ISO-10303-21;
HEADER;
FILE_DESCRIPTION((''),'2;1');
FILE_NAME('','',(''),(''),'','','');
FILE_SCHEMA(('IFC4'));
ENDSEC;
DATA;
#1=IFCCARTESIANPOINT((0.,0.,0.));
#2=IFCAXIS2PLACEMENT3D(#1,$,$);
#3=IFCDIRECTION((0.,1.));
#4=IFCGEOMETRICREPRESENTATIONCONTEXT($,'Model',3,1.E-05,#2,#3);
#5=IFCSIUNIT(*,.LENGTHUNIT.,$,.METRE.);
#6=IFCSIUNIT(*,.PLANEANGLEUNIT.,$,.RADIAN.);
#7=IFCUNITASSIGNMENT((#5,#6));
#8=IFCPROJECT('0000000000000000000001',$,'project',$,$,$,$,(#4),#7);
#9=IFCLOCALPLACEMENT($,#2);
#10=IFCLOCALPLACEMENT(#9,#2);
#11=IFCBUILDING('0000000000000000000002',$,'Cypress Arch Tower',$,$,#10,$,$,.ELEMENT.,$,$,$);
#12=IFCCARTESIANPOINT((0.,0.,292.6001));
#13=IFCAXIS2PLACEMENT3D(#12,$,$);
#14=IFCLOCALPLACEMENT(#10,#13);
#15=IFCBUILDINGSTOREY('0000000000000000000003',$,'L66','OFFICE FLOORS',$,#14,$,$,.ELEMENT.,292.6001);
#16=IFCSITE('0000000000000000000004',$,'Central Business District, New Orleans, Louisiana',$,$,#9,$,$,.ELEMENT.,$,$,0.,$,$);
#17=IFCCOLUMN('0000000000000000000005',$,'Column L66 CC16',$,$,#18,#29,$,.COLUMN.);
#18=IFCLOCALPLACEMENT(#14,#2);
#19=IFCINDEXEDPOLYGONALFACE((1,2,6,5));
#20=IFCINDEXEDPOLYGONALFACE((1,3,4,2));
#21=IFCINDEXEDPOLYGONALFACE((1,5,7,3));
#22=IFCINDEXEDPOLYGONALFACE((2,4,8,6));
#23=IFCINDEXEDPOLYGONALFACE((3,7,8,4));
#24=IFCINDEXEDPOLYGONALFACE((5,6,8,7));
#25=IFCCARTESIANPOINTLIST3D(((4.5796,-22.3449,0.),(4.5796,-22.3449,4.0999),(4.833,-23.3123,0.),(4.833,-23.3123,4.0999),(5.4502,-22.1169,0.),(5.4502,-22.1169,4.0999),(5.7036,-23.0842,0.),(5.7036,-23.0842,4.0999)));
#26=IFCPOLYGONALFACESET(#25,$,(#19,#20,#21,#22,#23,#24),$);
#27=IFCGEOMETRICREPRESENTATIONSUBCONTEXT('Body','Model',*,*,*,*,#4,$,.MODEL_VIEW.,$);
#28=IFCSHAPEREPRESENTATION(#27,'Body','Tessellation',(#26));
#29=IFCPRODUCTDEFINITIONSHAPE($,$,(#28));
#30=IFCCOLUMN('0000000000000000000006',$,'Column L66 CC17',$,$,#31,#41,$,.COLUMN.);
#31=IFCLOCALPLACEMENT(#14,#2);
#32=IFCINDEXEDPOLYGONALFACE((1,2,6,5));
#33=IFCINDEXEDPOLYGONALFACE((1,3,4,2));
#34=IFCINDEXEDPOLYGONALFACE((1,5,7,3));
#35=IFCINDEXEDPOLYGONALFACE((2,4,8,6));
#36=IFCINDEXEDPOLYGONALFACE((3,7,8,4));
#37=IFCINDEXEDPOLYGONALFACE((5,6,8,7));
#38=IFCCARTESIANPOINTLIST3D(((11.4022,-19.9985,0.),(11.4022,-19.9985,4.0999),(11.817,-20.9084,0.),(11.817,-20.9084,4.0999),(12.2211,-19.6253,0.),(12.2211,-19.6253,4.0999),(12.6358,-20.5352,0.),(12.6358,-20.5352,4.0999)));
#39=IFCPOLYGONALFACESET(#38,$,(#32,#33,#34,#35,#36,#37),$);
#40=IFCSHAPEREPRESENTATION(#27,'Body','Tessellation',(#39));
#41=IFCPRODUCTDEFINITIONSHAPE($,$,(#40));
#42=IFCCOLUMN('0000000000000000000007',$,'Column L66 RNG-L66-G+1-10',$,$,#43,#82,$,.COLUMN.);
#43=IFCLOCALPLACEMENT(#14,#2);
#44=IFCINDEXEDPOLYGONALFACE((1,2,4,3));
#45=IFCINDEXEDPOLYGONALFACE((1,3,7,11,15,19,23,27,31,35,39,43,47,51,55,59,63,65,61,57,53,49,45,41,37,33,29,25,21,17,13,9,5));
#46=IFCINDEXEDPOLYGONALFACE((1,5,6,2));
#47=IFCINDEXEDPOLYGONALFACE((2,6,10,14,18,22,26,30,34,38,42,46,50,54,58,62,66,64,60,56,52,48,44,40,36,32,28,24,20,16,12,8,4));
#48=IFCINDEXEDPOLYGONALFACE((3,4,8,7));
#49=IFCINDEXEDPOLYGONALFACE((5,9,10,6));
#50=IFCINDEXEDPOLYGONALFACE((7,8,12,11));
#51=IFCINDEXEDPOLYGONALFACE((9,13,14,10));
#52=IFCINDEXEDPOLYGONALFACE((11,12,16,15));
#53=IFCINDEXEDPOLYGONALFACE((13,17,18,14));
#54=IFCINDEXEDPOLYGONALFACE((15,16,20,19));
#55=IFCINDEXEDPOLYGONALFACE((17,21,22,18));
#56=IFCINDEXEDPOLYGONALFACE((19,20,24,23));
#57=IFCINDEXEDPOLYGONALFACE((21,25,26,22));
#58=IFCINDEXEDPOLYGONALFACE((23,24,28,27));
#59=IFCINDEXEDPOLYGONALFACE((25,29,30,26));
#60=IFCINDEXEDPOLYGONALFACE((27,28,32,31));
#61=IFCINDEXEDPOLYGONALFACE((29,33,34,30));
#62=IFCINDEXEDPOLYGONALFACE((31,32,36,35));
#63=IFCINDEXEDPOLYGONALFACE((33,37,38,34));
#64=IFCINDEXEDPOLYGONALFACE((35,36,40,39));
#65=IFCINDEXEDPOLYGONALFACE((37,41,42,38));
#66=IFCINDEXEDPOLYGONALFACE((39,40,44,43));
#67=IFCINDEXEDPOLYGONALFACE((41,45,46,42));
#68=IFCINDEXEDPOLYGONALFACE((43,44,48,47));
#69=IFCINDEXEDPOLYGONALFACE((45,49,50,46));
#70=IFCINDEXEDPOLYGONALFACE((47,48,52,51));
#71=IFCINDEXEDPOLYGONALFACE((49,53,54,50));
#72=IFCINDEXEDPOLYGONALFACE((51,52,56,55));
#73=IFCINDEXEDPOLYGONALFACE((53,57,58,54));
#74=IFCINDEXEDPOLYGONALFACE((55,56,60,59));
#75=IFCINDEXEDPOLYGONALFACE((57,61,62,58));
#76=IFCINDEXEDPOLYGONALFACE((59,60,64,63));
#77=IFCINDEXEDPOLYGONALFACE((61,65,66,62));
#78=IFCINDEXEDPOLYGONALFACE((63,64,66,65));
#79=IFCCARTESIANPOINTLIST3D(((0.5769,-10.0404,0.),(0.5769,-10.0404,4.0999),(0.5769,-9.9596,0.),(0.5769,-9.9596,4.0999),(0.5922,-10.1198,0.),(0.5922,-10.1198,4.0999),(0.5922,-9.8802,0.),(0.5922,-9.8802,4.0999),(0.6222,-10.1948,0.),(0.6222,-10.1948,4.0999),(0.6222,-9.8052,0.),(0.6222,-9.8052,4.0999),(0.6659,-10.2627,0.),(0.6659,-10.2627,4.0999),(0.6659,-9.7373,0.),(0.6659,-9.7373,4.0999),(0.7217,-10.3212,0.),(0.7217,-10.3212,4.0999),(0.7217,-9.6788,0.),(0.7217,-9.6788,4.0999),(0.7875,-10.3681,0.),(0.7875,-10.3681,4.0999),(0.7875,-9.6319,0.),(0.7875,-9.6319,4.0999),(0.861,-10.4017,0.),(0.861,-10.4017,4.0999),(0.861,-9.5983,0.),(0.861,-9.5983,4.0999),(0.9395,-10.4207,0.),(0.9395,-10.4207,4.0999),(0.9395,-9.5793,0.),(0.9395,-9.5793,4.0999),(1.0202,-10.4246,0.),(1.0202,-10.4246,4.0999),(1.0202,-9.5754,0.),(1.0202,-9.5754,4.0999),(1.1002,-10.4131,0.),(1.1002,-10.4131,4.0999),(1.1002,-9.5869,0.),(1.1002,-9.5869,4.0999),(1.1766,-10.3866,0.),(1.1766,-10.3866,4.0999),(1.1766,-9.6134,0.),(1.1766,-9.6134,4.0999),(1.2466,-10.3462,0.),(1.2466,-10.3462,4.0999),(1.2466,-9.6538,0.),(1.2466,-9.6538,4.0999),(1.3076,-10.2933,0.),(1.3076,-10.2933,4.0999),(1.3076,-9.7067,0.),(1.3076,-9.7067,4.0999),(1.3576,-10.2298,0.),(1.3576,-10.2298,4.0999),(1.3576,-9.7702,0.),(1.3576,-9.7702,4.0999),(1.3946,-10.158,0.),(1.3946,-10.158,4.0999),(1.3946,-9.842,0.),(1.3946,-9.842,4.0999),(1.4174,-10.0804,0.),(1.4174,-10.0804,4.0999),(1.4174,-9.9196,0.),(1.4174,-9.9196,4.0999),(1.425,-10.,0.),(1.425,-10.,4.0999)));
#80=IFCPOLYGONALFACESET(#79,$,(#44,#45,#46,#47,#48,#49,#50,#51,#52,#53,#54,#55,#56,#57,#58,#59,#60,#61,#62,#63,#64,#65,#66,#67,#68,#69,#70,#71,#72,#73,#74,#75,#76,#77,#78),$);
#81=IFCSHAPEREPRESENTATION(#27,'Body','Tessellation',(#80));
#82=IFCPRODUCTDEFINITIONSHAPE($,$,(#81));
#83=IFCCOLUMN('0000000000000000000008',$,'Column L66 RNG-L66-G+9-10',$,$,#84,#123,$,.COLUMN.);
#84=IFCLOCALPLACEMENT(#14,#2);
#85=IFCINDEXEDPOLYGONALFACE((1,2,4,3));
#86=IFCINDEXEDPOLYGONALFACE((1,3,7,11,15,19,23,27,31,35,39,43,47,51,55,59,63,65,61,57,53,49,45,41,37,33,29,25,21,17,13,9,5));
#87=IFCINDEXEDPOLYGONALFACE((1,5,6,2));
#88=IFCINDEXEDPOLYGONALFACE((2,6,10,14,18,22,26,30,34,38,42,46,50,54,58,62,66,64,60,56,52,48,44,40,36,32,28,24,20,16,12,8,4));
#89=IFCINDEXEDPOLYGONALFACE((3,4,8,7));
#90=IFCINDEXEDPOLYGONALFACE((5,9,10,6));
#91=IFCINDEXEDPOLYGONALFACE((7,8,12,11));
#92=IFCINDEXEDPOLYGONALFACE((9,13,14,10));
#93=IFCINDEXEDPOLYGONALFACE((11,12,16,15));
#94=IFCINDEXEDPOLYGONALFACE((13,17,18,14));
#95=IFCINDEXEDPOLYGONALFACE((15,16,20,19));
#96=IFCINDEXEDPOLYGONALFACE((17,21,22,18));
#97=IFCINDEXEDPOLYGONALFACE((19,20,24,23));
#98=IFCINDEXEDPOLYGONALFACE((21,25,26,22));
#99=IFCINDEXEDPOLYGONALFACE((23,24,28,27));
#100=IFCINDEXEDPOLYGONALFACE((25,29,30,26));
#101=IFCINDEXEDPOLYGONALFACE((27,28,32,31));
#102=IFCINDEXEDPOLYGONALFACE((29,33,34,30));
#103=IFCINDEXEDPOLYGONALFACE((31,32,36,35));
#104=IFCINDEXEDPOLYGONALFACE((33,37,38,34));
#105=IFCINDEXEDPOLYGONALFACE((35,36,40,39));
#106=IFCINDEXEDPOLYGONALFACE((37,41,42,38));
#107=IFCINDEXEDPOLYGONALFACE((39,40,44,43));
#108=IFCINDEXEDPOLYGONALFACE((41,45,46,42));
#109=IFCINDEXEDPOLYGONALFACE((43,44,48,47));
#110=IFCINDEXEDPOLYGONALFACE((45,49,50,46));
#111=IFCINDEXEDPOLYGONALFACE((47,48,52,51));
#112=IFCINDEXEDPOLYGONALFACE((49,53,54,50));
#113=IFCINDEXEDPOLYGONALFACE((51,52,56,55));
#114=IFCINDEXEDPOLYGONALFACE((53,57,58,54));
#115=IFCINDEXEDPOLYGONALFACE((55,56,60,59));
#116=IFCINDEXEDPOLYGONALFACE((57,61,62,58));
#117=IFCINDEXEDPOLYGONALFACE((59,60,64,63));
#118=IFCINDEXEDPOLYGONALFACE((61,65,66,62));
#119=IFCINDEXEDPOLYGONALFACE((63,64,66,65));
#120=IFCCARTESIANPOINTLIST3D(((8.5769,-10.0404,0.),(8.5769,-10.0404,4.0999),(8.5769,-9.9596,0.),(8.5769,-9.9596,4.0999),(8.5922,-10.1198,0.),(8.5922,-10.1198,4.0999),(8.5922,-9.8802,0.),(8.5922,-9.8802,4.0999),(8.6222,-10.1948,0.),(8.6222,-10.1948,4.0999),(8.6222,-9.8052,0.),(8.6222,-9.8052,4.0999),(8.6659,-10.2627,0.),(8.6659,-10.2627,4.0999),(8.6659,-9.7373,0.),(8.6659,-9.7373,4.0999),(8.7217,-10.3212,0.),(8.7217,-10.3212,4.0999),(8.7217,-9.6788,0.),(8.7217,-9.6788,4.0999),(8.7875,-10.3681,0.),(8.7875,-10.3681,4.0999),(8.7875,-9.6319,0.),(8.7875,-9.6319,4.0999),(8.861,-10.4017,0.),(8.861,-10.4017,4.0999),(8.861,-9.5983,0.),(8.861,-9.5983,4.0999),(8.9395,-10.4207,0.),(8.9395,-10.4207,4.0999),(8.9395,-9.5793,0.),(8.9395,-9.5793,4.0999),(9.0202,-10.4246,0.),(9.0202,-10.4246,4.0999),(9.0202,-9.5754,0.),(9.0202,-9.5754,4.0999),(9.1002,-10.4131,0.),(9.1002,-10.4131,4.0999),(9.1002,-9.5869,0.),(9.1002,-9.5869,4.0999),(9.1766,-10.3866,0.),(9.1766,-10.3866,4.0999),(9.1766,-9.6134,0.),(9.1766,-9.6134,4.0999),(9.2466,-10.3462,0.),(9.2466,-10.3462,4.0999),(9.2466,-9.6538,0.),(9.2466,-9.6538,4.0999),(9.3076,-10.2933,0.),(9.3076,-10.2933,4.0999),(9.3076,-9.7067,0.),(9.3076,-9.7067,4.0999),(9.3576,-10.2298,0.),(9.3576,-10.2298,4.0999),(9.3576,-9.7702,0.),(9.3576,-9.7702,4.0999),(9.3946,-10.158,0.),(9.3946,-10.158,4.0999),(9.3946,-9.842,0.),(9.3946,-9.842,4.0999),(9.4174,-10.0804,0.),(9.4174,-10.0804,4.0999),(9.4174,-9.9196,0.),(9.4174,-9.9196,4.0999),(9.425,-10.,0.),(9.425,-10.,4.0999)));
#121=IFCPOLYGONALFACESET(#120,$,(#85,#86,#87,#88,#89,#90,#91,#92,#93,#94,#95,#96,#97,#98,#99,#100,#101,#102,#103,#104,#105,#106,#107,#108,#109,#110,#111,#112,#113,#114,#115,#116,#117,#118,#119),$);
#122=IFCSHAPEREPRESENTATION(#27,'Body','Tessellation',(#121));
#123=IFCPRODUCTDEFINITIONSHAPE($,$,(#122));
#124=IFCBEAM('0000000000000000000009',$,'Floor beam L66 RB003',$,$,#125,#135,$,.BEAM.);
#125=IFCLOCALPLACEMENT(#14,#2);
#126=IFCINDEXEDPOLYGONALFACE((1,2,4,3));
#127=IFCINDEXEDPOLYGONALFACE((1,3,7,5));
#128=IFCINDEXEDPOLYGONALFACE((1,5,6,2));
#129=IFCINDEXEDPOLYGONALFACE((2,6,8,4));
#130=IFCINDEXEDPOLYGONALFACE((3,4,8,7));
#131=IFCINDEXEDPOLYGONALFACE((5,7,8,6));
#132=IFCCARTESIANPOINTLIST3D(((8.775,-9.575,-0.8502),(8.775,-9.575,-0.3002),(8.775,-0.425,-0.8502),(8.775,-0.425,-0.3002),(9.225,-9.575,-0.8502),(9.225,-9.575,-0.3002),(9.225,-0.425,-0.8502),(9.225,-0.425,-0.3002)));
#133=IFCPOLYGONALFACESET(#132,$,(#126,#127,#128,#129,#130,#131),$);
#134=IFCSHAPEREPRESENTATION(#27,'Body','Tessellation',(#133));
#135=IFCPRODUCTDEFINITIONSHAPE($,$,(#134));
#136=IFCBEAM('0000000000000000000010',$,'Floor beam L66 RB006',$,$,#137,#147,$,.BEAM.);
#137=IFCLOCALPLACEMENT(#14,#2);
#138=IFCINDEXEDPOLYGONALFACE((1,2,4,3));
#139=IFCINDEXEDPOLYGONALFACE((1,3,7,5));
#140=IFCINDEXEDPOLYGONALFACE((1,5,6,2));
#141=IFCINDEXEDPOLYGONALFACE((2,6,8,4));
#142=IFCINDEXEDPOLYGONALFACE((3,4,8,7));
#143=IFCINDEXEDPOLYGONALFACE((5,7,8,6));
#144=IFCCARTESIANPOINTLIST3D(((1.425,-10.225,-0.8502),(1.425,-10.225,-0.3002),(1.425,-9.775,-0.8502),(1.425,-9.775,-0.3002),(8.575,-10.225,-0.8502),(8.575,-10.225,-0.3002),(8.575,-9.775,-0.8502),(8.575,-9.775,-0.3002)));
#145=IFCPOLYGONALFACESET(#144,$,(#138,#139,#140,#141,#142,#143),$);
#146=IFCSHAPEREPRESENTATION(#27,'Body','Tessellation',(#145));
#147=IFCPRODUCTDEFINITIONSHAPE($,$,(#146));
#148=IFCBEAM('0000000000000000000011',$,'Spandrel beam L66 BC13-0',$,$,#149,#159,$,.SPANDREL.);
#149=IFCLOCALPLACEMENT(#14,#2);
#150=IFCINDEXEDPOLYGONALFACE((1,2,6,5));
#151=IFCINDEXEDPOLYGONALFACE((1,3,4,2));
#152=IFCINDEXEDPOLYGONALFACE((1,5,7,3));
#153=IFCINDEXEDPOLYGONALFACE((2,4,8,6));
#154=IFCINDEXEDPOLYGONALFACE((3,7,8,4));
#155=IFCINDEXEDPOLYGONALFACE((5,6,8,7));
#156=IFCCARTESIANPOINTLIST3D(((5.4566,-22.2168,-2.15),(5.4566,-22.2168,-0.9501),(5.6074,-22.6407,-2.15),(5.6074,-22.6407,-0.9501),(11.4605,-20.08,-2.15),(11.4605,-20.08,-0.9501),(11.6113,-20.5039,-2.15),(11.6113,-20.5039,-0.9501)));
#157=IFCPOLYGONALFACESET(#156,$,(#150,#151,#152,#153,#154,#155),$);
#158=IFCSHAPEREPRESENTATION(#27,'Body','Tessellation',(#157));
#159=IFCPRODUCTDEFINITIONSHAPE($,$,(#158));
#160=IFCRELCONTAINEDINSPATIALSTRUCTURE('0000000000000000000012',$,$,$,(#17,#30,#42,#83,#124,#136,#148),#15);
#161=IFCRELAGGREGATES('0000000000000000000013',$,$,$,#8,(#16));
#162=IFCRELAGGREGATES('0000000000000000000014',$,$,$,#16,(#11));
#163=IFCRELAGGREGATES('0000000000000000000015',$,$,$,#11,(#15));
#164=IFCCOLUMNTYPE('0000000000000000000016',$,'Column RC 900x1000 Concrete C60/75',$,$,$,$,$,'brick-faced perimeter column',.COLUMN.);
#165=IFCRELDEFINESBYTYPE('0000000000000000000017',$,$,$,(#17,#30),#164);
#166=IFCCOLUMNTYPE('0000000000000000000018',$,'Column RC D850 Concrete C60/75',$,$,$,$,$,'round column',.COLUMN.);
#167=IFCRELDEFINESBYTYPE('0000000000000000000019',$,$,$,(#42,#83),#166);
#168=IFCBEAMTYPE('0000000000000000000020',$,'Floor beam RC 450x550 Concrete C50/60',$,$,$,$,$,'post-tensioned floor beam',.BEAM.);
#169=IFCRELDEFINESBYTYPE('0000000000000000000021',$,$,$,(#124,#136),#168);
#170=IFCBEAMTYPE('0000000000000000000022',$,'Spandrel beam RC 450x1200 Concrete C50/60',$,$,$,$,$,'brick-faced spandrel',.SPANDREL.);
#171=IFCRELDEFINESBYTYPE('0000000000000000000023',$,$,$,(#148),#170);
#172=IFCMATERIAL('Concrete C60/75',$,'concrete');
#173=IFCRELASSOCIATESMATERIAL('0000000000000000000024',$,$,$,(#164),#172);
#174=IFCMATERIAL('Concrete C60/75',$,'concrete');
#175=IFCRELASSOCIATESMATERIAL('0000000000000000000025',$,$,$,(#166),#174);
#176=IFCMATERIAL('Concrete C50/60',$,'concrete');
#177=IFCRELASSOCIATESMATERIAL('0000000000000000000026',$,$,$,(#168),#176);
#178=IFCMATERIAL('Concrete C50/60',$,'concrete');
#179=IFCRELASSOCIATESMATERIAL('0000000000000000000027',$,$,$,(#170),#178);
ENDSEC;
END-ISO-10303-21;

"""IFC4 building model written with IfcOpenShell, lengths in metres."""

from ifc_helpers import new_model, si_unit, direction, frame, origin, origin_2d, place, context, subcontext, project, spatial, rectangle, circle, extrude, material, material_profile, profile_set, type_object, element, save


model = new_model("IFC4")

# Units and contexts
model_context = context("Model", 3, precision=1e-05, world=origin(), true_north=direction((0.0, 1.0)))
body_context = subcontext(model_context, "Body", "Model", "MODEL_VIEW")
ifc_project = project(units=[si_unit("LENGTHUNIT", "METRE"), si_unit("PLANEANGLEUNIT", "RADIAN")], contexts=[model_context])

# Site, building, storey
site_placement = place(None, origin())
site = spatial("IfcSite", under=ifc_project, at=site_placement, Name="Central Business District, New Orleans, Louisiana", CompositionType="ELEMENT", RefElevation=0.0)
building_placement = place(site_placement, origin())
building = spatial("IfcBuilding", under=site, at=building_placement, Name="Cypress Arch Tower", CompositionType="ELEMENT")
storey_placement = place(building_placement, frame((0.0, 0.0, 292.6001)))
storey = spatial("IfcBuildingStorey", under=building, at=storey_placement, Name="L66", Description="OFFICE FLOORS", CompositionType="ELEMENT", Elevation=292.6001)

# Columns
ifc_material_1 = material(Name="Concrete C60/75", Category="concrete")
ifc_material_profile_1 = material_profile(ifc_material_1, rectangle(XDim=0.8999, YDim=1.0, at=origin_2d()), Name="RC 900x1000")
ifc_profile_set_1 = profile_set([ifc_material_profile_1], Name="Concrete C60/75")
column_type_1 = type_object("IfcColumnType", Name="Column RC 900x1000 Concrete C60/75", ElementType="brick-faced perimeter column", PredefinedType="COLUMN", material=ifc_profile_set_1)
for number, where, z_axis, x_axis, name in (
    (1, (5.1416, -22.7146, 0.0), (0.0, 0.0, 1.0), (0.967356, 0.253422, 0.0), "Column L66 CC16"),
    (2, (12.019, -20.2668, 0.0), (0.0, 0.0, 1.0), (0.909932, 0.414757, 0.0), "Column L66 CC17"),
):
    element("IfcColumn", number, at=place(storey_placement, frame(where, z_axis=z_axis, x_axis=x_axis)), inside=storey, type_object=column_type_1, Name=name, PredefinedType="COLUMN", context=body_context, shape_type="SweptSolid", body=[
        extrude(rectangle(XDim=0.8999, YDim=1.0, at=origin_2d()), origin(), (0.0, 0.0, 1.0), 4.0999),
    ])
ifc_material_2 = material(Name="Concrete C60/75", Category="concrete")
ifc_material_profile_2 = material_profile(ifc_material_2, circle(Radius=0.425, at=origin_2d()), Name="RC D850")
ifc_profile_set_2 = profile_set([ifc_material_profile_2], Name="Concrete C60/75")
column_type_2 = type_object("IfcColumnType", Name="Column RC D850 Concrete C60/75", ElementType="round column", PredefinedType="COLUMN", material=ifc_profile_set_2)
for number, where, z_axis, x_axis, name in (
    (3, (1.0, -10.0, 0.0), (0.0, 0.0, 1.0), (1.0, 0.0, 0.0), "Column L66 RNG-L66-G+1-10"),
    (4, (9.0, -10.0, 0.0), (0.0, 0.0, 1.0), (1.0, 0.0, 0.0), "Column L66 RNG-L66-G+9-10"),
):
    element("IfcColumn", number, at=place(storey_placement, frame(where, z_axis=z_axis, x_axis=x_axis)), inside=storey, type_object=column_type_2, Name=name, PredefinedType="COLUMN", context=body_context, shape_type="SweptSolid", body=[
        extrude(circle(Radius=0.425, at=origin_2d()), origin(), (0.0, 0.0, 1.0), 4.0999),
    ])

# Beams
ifc_material_3 = material(Name="Concrete C50/60", Category="concrete")
ifc_material_profile_3 = material_profile(ifc_material_3, rectangle(XDim=0.45, YDim=0.55, at=origin_2d()), Name="RC 450x550")
ifc_profile_set_3 = profile_set([ifc_material_profile_3], Name="Concrete C50/60")
beam_type_1 = type_object("IfcBeamType", Name="Floor beam RC 450x550 Concrete C50/60", ElementType="post-tensioned floor beam", PredefinedType="BEAM", material=ifc_profile_set_3)
beam_1_placement = place(storey_placement, frame((9.0, -9.575, -0.5752), z_axis=(0.0, 1.0, 0.0), x_axis=(-1.0, 0.0, 0.0)))
element("IfcBeam", 5, at=beam_1_placement, inside=storey, type_object=beam_type_1, Name="Floor beam L66 RB003", PredefinedType="BEAM", context=body_context, shape_type="SweptSolid", body=[
    extrude(rectangle(XDim=0.45, YDim=0.55, at=origin_2d()), origin(), (0.0, 0.0, 1.0), 9.1499),
])
beam_2_placement = place(storey_placement, frame((1.425, -10.0, -0.5752), z_axis=(1.0, 0.0, 0.0), x_axis=(0.0, 1.0, 0.0)))
element("IfcBeam", 6, at=beam_2_placement, inside=storey, type_object=beam_type_1, Name="Floor beam L66 RB006", PredefinedType="BEAM", context=body_context, shape_type="SweptSolid", body=[
    extrude(rectangle(XDim=0.45, YDim=0.55, at=origin_2d()), origin(), (0.0, 0.0, 1.0), 7.1499),
])
ifc_material_4 = material(Name="Concrete C50/60", Category="concrete")
ifc_material_profile_4 = material_profile(ifc_material_4, rectangle(XDim=0.45, YDim=1.2, at=origin_2d()), Name="RC 450x1200")
ifc_profile_set_4 = profile_set([ifc_material_profile_4], Name="Concrete C50/60")
beam_type_2 = type_object("IfcBeamType", Name="Spandrel beam RC 450x1200 Concrete C50/60", ElementType="brick-faced spandrel", PredefinedType="SPANDREL", material=ifc_profile_set_4)
beam_3_placement = place(storey_placement, frame((5.532, -22.4287, -1.55), z_axis=(0.942116, 0.335288, 0.0), x_axis=(-0.335288, 0.942116, 0.0)))
element("IfcBeam", 7, at=beam_3_placement, inside=storey, type_object=beam_type_2, Name="Spandrel beam L66 BC13-0", PredefinedType="SPANDREL", context=body_context, shape_type="SweptSolid", body=[
    extrude(rectangle(XDim=0.45, YDim=1.2, at=origin_2d()), origin(), (0.0, 0.0, 1.0), 6.3728),
])

save(model, "model.ifc")
